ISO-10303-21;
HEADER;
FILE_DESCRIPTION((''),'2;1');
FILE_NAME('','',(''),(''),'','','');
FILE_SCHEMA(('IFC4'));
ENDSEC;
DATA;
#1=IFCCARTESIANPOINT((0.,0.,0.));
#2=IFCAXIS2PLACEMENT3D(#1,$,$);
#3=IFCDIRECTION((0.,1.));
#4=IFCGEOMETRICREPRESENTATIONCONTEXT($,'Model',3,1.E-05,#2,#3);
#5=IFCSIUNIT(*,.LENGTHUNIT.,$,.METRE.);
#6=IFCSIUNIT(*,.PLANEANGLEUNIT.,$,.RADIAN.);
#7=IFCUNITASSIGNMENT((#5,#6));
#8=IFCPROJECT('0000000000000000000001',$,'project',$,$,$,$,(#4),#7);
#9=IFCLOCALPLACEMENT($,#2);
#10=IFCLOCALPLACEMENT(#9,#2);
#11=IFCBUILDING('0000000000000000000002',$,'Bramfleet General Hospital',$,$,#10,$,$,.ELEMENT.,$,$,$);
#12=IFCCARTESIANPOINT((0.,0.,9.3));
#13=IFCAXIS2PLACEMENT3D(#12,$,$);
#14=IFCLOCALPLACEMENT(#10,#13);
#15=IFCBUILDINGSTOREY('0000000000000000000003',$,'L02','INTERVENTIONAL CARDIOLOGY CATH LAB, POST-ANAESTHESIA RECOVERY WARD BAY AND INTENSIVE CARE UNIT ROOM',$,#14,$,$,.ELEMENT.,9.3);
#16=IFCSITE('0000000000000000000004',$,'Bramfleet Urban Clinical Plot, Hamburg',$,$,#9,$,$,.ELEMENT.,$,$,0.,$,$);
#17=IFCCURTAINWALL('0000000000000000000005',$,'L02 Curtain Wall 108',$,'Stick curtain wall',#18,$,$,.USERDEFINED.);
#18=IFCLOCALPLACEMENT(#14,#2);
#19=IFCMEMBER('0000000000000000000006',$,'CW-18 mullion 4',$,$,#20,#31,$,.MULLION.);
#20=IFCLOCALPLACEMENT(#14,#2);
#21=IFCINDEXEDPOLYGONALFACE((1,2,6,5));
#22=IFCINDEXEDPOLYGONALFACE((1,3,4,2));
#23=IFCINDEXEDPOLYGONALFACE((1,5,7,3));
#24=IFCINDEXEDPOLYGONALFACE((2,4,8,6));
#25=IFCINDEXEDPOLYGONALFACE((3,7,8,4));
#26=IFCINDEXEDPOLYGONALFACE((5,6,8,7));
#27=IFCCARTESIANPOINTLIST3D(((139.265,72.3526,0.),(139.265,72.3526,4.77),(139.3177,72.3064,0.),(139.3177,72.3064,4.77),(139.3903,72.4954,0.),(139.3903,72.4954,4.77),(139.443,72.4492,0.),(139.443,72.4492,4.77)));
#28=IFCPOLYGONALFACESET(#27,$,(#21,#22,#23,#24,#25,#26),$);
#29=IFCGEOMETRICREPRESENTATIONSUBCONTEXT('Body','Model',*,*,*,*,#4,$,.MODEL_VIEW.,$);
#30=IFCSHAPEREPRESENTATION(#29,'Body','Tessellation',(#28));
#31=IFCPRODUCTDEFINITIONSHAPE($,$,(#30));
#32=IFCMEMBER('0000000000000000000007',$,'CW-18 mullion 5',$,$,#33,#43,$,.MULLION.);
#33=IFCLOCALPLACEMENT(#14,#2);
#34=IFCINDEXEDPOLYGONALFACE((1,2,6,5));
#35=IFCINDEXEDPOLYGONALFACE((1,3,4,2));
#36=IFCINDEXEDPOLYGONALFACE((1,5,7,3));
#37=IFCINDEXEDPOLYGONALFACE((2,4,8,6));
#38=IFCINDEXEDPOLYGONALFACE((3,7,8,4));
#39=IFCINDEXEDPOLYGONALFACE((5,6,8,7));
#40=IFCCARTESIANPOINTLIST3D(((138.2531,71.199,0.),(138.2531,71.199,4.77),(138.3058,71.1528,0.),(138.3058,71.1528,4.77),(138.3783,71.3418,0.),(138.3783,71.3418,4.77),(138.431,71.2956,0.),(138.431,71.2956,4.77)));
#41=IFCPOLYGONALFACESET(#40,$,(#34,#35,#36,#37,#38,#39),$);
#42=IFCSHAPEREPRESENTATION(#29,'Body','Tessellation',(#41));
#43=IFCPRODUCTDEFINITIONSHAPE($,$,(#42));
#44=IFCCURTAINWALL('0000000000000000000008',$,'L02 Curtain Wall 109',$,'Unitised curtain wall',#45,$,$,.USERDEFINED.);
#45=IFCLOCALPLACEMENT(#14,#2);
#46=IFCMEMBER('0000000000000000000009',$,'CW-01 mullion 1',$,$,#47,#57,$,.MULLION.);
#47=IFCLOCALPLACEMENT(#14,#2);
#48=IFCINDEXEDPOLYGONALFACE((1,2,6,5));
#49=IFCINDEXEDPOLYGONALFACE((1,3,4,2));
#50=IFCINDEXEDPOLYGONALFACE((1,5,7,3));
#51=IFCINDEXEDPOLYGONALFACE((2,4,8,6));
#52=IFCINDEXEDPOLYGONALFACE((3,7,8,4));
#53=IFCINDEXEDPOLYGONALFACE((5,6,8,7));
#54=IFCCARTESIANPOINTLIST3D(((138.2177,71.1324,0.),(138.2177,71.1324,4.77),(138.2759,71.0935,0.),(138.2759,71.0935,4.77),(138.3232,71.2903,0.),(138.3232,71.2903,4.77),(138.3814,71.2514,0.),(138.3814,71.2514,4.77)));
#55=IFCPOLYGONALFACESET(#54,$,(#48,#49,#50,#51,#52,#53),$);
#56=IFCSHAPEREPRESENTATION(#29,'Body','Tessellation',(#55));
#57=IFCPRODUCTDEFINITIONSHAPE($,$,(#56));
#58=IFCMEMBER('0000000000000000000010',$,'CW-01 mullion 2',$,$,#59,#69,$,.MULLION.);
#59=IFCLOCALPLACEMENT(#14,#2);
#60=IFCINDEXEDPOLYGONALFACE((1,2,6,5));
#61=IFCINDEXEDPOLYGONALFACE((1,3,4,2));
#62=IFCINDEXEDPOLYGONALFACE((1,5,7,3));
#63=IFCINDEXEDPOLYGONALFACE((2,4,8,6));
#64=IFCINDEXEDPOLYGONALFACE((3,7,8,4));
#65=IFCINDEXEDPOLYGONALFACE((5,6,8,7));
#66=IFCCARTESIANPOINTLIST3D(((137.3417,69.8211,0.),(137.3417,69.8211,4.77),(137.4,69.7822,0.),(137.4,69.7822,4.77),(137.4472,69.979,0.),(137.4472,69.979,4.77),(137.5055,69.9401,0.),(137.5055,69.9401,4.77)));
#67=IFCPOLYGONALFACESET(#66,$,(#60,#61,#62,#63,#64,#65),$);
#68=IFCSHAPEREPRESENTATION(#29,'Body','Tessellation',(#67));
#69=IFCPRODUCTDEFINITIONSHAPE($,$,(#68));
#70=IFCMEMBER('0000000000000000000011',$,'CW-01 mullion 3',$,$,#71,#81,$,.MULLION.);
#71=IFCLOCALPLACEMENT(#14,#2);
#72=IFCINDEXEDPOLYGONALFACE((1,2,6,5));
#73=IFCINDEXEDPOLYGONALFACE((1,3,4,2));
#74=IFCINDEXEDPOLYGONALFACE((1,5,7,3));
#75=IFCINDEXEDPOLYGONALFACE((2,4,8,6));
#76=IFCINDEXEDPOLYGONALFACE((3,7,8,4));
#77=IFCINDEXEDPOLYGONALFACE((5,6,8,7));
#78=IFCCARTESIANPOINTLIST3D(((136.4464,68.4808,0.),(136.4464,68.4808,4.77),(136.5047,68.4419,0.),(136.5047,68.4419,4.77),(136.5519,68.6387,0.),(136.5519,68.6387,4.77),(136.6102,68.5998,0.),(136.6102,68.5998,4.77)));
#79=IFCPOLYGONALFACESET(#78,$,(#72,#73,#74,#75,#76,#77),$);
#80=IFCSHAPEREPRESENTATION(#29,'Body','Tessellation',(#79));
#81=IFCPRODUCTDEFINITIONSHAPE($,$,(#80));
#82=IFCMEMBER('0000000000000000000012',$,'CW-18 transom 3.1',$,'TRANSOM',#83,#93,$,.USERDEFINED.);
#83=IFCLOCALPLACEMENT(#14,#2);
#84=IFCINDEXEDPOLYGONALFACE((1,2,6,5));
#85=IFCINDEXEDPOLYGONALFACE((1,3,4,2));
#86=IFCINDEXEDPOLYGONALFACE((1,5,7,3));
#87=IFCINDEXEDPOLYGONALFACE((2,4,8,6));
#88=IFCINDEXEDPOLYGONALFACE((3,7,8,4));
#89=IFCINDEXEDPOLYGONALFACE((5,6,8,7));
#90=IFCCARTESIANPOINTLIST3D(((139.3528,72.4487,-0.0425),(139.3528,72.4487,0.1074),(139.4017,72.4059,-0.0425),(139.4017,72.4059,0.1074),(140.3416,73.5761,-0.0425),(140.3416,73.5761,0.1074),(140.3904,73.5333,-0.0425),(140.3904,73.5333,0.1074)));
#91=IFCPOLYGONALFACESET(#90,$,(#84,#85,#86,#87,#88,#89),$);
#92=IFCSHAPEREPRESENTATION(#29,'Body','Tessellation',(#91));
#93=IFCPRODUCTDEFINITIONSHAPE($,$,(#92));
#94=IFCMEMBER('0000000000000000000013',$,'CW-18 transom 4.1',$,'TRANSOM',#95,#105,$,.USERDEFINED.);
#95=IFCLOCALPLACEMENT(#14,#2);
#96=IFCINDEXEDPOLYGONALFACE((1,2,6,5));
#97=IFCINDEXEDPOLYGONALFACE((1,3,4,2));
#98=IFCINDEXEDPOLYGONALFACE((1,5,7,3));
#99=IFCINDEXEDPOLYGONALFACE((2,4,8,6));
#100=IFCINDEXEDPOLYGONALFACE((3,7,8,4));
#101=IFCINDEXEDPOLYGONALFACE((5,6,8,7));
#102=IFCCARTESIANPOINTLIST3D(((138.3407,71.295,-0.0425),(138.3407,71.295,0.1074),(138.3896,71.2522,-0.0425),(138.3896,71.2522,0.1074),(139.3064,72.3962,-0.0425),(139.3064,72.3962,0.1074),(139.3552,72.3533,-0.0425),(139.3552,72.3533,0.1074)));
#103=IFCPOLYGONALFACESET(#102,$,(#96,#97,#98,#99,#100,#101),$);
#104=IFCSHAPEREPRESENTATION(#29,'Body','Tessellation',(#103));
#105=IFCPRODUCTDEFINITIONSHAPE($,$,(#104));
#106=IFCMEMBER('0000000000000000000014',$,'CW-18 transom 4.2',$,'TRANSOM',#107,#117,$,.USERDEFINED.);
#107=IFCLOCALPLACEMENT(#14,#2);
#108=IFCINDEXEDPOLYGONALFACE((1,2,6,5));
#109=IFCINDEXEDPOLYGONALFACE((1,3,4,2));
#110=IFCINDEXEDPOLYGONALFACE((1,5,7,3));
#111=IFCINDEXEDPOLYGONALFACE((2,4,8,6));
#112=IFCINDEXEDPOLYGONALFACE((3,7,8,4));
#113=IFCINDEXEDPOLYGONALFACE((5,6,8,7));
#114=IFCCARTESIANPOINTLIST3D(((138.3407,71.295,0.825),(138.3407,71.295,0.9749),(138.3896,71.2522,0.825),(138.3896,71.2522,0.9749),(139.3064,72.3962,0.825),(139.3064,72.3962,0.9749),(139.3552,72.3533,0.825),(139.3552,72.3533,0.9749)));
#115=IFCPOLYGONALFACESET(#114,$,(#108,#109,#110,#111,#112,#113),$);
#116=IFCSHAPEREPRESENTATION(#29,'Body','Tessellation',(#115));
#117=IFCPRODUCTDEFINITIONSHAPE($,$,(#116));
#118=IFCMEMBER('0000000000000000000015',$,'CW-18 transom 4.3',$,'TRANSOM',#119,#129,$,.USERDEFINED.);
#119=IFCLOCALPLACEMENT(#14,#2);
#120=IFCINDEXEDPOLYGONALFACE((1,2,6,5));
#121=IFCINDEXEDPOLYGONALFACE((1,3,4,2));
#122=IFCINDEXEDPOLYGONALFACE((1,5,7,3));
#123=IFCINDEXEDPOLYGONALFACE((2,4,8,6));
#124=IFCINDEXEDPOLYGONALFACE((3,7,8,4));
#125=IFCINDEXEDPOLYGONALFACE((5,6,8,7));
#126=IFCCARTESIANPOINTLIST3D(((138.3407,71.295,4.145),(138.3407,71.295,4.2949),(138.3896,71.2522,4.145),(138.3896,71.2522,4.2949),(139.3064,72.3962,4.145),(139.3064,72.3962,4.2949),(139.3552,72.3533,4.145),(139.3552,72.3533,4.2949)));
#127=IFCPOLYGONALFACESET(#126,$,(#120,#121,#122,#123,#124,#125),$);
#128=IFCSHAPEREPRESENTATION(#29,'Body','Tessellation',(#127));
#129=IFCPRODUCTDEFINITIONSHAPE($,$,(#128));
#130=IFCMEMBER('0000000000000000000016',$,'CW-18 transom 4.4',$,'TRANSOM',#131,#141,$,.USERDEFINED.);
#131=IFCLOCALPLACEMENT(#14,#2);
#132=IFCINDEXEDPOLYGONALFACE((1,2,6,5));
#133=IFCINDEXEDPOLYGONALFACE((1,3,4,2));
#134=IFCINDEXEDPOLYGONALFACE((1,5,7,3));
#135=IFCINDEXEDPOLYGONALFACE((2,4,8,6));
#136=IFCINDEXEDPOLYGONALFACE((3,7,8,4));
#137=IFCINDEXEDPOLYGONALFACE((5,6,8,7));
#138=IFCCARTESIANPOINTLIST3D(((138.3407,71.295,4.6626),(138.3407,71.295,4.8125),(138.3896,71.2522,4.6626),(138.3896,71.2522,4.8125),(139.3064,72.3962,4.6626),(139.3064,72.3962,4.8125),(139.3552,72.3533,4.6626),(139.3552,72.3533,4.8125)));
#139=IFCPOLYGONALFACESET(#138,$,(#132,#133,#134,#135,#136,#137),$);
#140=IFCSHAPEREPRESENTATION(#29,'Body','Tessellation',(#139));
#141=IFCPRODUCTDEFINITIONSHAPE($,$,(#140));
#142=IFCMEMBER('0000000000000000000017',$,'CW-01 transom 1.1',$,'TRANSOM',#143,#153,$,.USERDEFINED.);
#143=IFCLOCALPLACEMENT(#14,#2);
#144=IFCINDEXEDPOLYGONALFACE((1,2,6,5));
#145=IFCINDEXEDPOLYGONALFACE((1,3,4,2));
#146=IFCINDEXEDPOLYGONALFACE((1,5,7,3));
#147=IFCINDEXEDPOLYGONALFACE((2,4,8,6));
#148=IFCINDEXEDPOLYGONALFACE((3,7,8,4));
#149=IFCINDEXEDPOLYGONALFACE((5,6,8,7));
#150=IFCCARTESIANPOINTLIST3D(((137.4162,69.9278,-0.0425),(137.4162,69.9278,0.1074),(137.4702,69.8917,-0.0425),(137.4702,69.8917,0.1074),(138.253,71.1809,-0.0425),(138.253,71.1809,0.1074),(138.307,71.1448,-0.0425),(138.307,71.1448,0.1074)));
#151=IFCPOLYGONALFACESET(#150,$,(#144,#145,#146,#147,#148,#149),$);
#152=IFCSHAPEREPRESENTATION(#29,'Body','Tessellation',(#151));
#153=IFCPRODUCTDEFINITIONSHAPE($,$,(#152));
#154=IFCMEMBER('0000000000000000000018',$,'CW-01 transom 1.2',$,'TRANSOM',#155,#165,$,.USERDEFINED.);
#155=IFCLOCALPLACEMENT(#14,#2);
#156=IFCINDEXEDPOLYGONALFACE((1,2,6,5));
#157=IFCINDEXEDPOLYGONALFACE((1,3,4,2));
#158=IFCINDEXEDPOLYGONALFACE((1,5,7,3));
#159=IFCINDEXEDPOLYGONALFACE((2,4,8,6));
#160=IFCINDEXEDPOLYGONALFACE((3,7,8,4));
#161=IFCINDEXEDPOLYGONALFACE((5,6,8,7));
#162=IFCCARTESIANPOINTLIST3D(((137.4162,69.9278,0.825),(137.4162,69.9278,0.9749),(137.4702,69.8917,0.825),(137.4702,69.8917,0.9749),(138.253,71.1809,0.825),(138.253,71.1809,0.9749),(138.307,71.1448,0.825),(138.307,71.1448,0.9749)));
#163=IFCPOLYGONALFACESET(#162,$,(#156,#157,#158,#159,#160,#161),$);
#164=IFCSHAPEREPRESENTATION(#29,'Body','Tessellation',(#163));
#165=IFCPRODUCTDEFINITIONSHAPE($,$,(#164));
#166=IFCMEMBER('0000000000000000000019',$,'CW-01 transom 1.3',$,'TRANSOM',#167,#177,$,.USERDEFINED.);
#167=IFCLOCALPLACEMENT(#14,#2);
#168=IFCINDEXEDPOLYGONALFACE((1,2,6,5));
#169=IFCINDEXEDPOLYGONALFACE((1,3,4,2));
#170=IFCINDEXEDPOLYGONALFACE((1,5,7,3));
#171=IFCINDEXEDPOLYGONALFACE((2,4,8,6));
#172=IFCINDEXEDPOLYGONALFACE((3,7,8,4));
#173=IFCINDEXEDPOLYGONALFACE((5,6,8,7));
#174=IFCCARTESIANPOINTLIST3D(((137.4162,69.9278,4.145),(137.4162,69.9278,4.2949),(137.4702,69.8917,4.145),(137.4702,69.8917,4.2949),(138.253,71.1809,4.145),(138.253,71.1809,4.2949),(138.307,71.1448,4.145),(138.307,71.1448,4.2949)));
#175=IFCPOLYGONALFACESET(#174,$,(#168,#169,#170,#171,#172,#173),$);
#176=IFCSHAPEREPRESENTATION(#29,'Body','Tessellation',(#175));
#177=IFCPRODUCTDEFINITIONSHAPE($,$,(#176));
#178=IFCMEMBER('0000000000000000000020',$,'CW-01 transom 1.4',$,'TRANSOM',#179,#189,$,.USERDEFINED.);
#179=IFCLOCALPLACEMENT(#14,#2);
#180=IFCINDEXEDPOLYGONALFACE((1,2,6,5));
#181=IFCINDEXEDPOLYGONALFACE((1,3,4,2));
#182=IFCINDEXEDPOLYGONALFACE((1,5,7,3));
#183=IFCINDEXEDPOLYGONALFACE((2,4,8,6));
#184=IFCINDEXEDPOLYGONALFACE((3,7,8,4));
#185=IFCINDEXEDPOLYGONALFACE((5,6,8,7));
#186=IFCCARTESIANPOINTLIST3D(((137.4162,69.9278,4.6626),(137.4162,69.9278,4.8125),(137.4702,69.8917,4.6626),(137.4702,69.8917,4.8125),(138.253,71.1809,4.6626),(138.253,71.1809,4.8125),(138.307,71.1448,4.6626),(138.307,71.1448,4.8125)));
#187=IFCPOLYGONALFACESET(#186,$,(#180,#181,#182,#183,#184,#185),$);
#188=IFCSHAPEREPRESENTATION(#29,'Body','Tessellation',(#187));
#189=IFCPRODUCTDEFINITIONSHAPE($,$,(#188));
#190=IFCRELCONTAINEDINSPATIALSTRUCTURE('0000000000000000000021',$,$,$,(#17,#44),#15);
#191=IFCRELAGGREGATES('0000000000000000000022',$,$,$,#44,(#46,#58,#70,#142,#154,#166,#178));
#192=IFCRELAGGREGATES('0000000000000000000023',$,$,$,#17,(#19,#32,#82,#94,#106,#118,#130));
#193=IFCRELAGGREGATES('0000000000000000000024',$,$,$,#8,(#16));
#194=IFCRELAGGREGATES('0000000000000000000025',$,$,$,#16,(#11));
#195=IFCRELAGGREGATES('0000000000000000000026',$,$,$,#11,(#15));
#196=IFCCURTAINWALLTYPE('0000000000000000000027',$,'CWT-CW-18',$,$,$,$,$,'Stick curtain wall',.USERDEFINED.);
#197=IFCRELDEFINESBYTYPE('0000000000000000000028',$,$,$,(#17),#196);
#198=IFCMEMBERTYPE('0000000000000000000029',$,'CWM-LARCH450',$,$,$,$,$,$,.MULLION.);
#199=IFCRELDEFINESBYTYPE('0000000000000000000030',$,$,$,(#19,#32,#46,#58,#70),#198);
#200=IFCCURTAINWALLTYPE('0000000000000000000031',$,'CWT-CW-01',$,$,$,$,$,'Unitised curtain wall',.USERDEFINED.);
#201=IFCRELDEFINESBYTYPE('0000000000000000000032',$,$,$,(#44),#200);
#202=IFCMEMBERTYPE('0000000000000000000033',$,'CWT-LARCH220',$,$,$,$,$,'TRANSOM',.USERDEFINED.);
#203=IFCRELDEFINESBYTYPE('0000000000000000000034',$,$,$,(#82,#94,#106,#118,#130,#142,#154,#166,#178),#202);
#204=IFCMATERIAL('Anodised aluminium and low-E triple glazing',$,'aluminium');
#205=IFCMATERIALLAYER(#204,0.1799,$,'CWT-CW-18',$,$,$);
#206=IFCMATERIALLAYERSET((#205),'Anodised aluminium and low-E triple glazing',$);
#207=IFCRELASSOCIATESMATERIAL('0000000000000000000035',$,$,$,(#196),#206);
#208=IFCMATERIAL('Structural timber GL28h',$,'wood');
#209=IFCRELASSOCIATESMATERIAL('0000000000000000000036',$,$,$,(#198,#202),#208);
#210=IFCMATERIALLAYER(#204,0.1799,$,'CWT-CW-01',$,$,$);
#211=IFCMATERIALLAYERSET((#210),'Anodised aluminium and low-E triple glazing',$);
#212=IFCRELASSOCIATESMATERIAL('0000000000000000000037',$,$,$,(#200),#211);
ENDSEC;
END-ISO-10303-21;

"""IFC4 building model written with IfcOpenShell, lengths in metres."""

from ifc_helpers import new_model, si_unit, direction, frame, origin, origin_2d, place, context, subcontext, project, spatial, rectangle, extrude, material, layer, layer_set, material_profile, profile_set, type_object, element, aggregate, save


model = new_model("IFC4")

# Units and contexts
model_context = context("Model", 3, precision=1e-05, world=origin(), true_north=direction((0.0, 1.0)))
body_context = subcontext(model_context, "Body", "Model", "MODEL_VIEW")
ifc_project = project(units=[si_unit("LENGTHUNIT", "METRE"), si_unit("PLANEANGLEUNIT", "RADIAN")], contexts=[model_context])

# Site, building, storey
site_placement = place(None, origin())
site = spatial("IfcSite", under=ifc_project, at=site_placement, Name="Bramfleet Urban Clinical Plot, Hamburg", CompositionType="ELEMENT", RefElevation=0.0)
building_placement = place(site_placement, origin())
building = spatial("IfcBuilding", under=site, at=building_placement, Name="Bramfleet General Hospital", CompositionType="ELEMENT")
storey_placement = place(building_placement, frame((0.0, 0.0, 9.3)))
storey = spatial("IfcBuildingStorey", under=building, at=storey_placement, Name="L02", Description="INTERVENTIONAL CARDIOLOGY CATH LAB, POST-ANAESTHESIA RECOVERY WARD BAY AND INTENSIVE CARE UNIT ROOM", CompositionType="ELEMENT", Elevation=9.3)

# Curtain walls, members
ifc_material_1 = material(Name="Anodised aluminium and low-E triple glazing", Category="aluminium")
ifc_layer_1 = layer(ifc_material_1, 0.1799, Name="CWT-CW-18")
ifc_layer_set_1 = layer_set([ifc_layer_1], Name="Anodised aluminium and low-E triple glazing")
curtain_wall_type_1 = type_object("IfcCurtainWallType", Name="CWT-CW-18", ElementType="Stick curtain wall", PredefinedType="USERDEFINED", material=ifc_layer_set_1)
curtain_wall_1_placement = place(storey_placement, origin())
curtain_wall_1 = element("IfcCurtainWall", 1, at=curtain_wall_1_placement, inside=storey, type_object=curtain_wall_type_1, Name="L02 Curtain Wall 108", ObjectType="Stick curtain wall", PredefinedType="USERDEFINED")
ifc_material_2 = material(Name="Structural timber GL28h", Category="wood")
ifc_material_profile_1 = material_profile(ifc_material_2, rectangle(XDim=0.0701, YDim=0.1899, at=origin_2d()), Name="LARCH 190x70")
ifc_profile_set_1 = profile_set([ifc_material_profile_1], Name="Structural timber GL28h")
member_type_1 = type_object("IfcMemberType", Name="CWM-LARCH450", PredefinedType="MULLION", material=ifc_profile_set_1)
member_1_placement = place(storey_placement, frame((139.354, 72.4009, 0.0), z_axis=(0.0, 0.0, 1.0), x_axis=(0.751787, -0.659406, 0.0)))
member_1 = element("IfcMember", 2, at=member_1_placement, type_object=member_type_1, Name="CW-18 mullion 4", PredefinedType="MULLION", context=body_context, shape_type="SweptSolid", body=[
    extrude(rectangle(XDim=0.0701, YDim=0.1899, at=origin_2d()), origin(), (0.0, 0.0, 1.0), 4.77),
])
member_2_placement = place(storey_placement, frame((138.342, 71.2473, 0.0), z_axis=(0.0, 0.0, 1.0), x_axis=(0.751787, -0.659406, 0.0)))
member_2 = element("IfcMember", 3, at=member_2_placement, type_object=member_type_1, Name="CW-18 mullion 5", PredefinedType="MULLION", context=body_context, shape_type="SweptSolid", body=[
    extrude(rectangle(XDim=0.0701, YDim=0.1899, at=origin_2d()), origin(), (0.0, 0.0, 1.0), 4.77),
])
ifc_layer_2 = layer(ifc_material_1, 0.1799, Name="CWT-CW-01")
ifc_layer_set_2 = layer_set([ifc_layer_2], Name="Anodised aluminium and low-E triple glazing")
curtain_wall_type_2 = type_object("IfcCurtainWallType", Name="CWT-CW-01", ElementType="Unitised curtain wall", PredefinedType="USERDEFINED", material=ifc_layer_set_2)
curtain_wall_2_placement = place(storey_placement, origin())
curtain_wall_2 = element("IfcCurtainWall", 4, at=curtain_wall_2_placement, inside=storey, type_object=curtain_wall_type_2, Name="L02 Curtain Wall 109", ObjectType="Unitised curtain wall", PredefinedType="USERDEFINED")
member_3_placement = place(storey_placement, frame((138.2996, 71.1919, 0.0), z_axis=(0.0, 0.0, 1.0), x_axis=(0.831541, -0.555464, 0.0)))
member_3 = element("IfcMember", 5, at=member_3_placement, type_object=member_type_1, Name="CW-01 mullion 1", PredefinedType="MULLION", context=body_context, shape_type="SweptSolid", body=[
    extrude(rectangle(XDim=0.0701, YDim=0.1899, at=origin_2d()), origin(), (0.0, 0.0, 1.0), 4.77),
])
member_4_placement = place(storey_placement, frame((137.4236, 69.8806, 0.0), z_axis=(0.0, 0.0, 1.0), x_axis=(0.831541, -0.555464, 0.0)))
member_4 = element("IfcMember", 6, at=member_4_placement, type_object=member_type_1, Name="CW-01 mullion 2", PredefinedType="MULLION", context=body_context, shape_type="SweptSolid", body=[
    extrude(rectangle(XDim=0.0701, YDim=0.1899, at=origin_2d()), origin(), (0.0, 0.0, 1.0), 4.77),
])
member_5_placement = place(storey_placement, frame((136.5283, 68.5403, 0.0), z_axis=(0.0, 0.0, 1.0), x_axis=(0.831541, -0.555464, 0.0)))
member_5 = element("IfcMember", 7, at=member_5_placement, type_object=member_type_1, Name="CW-01 mullion 3", PredefinedType="MULLION", context=body_context, shape_type="SweptSolid", body=[
    extrude(rectangle(XDim=0.0701, YDim=0.1899, at=origin_2d()), origin(), (0.0, 0.0, 1.0), 4.77),
])

# Members
ifc_material_profile_2 = material_profile(ifc_material_2, rectangle(XDim=0.0649, YDim=0.1499, at=origin_2d()), Name="LARCH 150x65")
ifc_profile_set_2 = profile_set([ifc_material_profile_2], Name="Structural timber GL28h")
member_type_2 = type_object("IfcMemberType", Name="CWT-LARCH220", ElementType="TRANSOM", PredefinedType="USERDEFINED", material=ifc_profile_set_2)
member_6_placement = place(storey_placement, frame((140.366, 73.5547, 0.0325), z_axis=(-0.659357, -0.75183, 0.0), x_axis=(0.75183, -0.659357, 0.0)))
member_6 = element("IfcMember", 8, at=member_6_placement, type_object=member_type_2, Name="CW-18 transom 3.1", ObjectType="TRANSOM", PredefinedType="USERDEFINED", context=body_context, shape_type="SweptSolid", body=[
    extrude(rectangle(XDim=0.0649, YDim=0.1499, at=origin_2d()), origin(), (0.0, 0.0, 1.0), 1.4995),
])
member_7_placement = place(storey_placement, frame((139.3308, 72.3748, 0.0325), z_axis=(-0.65933, -0.751853, 0.0), x_axis=(0.751853, -0.65933, 0.0)))
member_7 = element("IfcMember", 9, at=member_7_placement, type_object=member_type_2, Name="CW-18 transom 4.1", ObjectType="TRANSOM", PredefinedType="USERDEFINED", context=body_context, shape_type="SweptSolid", body=[
    extrude(rectangle(XDim=0.0649, YDim=0.1499, at=origin_2d()), origin(), (0.0, 0.0, 1.0), 1.4646),
])
member_8_placement = place(storey_placement, frame((139.3308, 72.3748, 0.8999), z_axis=(-0.65933, -0.751853, 0.0), x_axis=(0.751853, -0.65933, 0.0)))
member_8 = element("IfcMember", 10, at=member_8_placement, type_object=member_type_2, Name="CW-18 transom 4.2", ObjectType="TRANSOM", PredefinedType="USERDEFINED", context=body_context, shape_type="SweptSolid", body=[
    extrude(rectangle(XDim=0.0649, YDim=0.1499, at=origin_2d()), origin(), (0.0, 0.0, 1.0), 1.4646),
])
member_9_placement = place(storey_placement, frame((139.3308, 72.3748, 4.22), z_axis=(-0.65933, -0.751853, 0.0), x_axis=(0.751853, -0.65933, 0.0)))
member_9 = element("IfcMember", 11, at=member_9_placement, type_object=member_type_2, Name="CW-18 transom 4.3", ObjectType="TRANSOM", PredefinedType="USERDEFINED", context=body_context, shape_type="SweptSolid", body=[
    extrude(rectangle(XDim=0.0649, YDim=0.1499, at=origin_2d()), origin(), (0.0, 0.0, 1.0), 1.4646),
])
member_10_placement = place(storey_placement, frame((139.3308, 72.3748, 4.7375), z_axis=(-0.65933, -0.751853, 0.0), x_axis=(0.751853, -0.65933, 0.0)))
member_10 = element("IfcMember", 12, at=member_10_placement, type_object=member_type_2, Name="CW-18 transom 4.4", ObjectType="TRANSOM", PredefinedType="USERDEFINED", context=body_context, shape_type="SweptSolid", body=[
    extrude(rectangle(XDim=0.0649, YDim=0.1499, at=origin_2d()), origin(), (0.0, 0.0, 1.0), 1.4646),
])
member_11_placement = place(storey_placement, frame((138.28, 71.1628, 0.0325), z_axis=(-0.555373, -0.831601, 0.0), x_axis=(0.831601, -0.555373, 0.0)))
member_11 = element("IfcMember", 13, at=member_11_placement, type_object=member_type_2, Name="CW-01 transom 1.1", ObjectType="TRANSOM", PredefinedType="USERDEFINED", context=body_context, shape_type="SweptSolid", body=[
    extrude(rectangle(XDim=0.0649, YDim=0.1499, at=origin_2d()), origin(), (0.0, 0.0, 1.0), 1.5068),
])
member_12_placement = place(storey_placement, frame((138.28, 71.1628, 0.8999), z_axis=(-0.555373, -0.831601, 0.0), x_axis=(0.831601, -0.555373, 0.0)))
member_12 = element("IfcMember", 14, at=member_12_placement, type_object=member_type_2, Name="CW-01 transom 1.2", ObjectType="TRANSOM", PredefinedType="USERDEFINED", context=body_context, shape_type="SweptSolid", body=[
    extrude(rectangle(XDim=0.0649, YDim=0.1499, at=origin_2d()), origin(), (0.0, 0.0, 1.0), 1.5068),
])
member_13_placement = place(storey_placement, frame((138.28, 71.1628, 4.22), z_axis=(-0.555373, -0.831601, 0.0), x_axis=(0.831601, -0.555373, 0.0)))
member_13 = element("IfcMember", 15, at=member_13_placement, type_object=member_type_2, Name="CW-01 transom 1.3", ObjectType="TRANSOM", PredefinedType="USERDEFINED", context=body_context, shape_type="SweptSolid", body=[
    extrude(rectangle(XDim=0.0649, YDim=0.1499, at=origin_2d()), origin(), (0.0, 0.0, 1.0), 1.5068),
])
member_14_placement = place(storey_placement, frame((138.28, 71.1628, 4.7375), z_axis=(-0.555373, -0.831601, 0.0), x_axis=(0.831601, -0.555373, 0.0)))
member_14 = element("IfcMember", 16, at=member_14_placement, type_object=member_type_2, Name="CW-01 transom 1.4", ObjectType="TRANSOM", PredefinedType="USERDEFINED", context=body_context, shape_type="SweptSolid", body=[
    extrude(rectangle(XDim=0.0649, YDim=0.1499, at=origin_2d()), origin(), (0.0, 0.0, 1.0), 1.5068),
])

aggregate(curtain_wall_2, [member_3, member_4, member_5, member_11, member_12, member_13, member_14])
aggregate(curtain_wall_1, [member_1, member_2, member_6, member_7, member_8, member_9, member_10])

save(model, "model.ifc")
